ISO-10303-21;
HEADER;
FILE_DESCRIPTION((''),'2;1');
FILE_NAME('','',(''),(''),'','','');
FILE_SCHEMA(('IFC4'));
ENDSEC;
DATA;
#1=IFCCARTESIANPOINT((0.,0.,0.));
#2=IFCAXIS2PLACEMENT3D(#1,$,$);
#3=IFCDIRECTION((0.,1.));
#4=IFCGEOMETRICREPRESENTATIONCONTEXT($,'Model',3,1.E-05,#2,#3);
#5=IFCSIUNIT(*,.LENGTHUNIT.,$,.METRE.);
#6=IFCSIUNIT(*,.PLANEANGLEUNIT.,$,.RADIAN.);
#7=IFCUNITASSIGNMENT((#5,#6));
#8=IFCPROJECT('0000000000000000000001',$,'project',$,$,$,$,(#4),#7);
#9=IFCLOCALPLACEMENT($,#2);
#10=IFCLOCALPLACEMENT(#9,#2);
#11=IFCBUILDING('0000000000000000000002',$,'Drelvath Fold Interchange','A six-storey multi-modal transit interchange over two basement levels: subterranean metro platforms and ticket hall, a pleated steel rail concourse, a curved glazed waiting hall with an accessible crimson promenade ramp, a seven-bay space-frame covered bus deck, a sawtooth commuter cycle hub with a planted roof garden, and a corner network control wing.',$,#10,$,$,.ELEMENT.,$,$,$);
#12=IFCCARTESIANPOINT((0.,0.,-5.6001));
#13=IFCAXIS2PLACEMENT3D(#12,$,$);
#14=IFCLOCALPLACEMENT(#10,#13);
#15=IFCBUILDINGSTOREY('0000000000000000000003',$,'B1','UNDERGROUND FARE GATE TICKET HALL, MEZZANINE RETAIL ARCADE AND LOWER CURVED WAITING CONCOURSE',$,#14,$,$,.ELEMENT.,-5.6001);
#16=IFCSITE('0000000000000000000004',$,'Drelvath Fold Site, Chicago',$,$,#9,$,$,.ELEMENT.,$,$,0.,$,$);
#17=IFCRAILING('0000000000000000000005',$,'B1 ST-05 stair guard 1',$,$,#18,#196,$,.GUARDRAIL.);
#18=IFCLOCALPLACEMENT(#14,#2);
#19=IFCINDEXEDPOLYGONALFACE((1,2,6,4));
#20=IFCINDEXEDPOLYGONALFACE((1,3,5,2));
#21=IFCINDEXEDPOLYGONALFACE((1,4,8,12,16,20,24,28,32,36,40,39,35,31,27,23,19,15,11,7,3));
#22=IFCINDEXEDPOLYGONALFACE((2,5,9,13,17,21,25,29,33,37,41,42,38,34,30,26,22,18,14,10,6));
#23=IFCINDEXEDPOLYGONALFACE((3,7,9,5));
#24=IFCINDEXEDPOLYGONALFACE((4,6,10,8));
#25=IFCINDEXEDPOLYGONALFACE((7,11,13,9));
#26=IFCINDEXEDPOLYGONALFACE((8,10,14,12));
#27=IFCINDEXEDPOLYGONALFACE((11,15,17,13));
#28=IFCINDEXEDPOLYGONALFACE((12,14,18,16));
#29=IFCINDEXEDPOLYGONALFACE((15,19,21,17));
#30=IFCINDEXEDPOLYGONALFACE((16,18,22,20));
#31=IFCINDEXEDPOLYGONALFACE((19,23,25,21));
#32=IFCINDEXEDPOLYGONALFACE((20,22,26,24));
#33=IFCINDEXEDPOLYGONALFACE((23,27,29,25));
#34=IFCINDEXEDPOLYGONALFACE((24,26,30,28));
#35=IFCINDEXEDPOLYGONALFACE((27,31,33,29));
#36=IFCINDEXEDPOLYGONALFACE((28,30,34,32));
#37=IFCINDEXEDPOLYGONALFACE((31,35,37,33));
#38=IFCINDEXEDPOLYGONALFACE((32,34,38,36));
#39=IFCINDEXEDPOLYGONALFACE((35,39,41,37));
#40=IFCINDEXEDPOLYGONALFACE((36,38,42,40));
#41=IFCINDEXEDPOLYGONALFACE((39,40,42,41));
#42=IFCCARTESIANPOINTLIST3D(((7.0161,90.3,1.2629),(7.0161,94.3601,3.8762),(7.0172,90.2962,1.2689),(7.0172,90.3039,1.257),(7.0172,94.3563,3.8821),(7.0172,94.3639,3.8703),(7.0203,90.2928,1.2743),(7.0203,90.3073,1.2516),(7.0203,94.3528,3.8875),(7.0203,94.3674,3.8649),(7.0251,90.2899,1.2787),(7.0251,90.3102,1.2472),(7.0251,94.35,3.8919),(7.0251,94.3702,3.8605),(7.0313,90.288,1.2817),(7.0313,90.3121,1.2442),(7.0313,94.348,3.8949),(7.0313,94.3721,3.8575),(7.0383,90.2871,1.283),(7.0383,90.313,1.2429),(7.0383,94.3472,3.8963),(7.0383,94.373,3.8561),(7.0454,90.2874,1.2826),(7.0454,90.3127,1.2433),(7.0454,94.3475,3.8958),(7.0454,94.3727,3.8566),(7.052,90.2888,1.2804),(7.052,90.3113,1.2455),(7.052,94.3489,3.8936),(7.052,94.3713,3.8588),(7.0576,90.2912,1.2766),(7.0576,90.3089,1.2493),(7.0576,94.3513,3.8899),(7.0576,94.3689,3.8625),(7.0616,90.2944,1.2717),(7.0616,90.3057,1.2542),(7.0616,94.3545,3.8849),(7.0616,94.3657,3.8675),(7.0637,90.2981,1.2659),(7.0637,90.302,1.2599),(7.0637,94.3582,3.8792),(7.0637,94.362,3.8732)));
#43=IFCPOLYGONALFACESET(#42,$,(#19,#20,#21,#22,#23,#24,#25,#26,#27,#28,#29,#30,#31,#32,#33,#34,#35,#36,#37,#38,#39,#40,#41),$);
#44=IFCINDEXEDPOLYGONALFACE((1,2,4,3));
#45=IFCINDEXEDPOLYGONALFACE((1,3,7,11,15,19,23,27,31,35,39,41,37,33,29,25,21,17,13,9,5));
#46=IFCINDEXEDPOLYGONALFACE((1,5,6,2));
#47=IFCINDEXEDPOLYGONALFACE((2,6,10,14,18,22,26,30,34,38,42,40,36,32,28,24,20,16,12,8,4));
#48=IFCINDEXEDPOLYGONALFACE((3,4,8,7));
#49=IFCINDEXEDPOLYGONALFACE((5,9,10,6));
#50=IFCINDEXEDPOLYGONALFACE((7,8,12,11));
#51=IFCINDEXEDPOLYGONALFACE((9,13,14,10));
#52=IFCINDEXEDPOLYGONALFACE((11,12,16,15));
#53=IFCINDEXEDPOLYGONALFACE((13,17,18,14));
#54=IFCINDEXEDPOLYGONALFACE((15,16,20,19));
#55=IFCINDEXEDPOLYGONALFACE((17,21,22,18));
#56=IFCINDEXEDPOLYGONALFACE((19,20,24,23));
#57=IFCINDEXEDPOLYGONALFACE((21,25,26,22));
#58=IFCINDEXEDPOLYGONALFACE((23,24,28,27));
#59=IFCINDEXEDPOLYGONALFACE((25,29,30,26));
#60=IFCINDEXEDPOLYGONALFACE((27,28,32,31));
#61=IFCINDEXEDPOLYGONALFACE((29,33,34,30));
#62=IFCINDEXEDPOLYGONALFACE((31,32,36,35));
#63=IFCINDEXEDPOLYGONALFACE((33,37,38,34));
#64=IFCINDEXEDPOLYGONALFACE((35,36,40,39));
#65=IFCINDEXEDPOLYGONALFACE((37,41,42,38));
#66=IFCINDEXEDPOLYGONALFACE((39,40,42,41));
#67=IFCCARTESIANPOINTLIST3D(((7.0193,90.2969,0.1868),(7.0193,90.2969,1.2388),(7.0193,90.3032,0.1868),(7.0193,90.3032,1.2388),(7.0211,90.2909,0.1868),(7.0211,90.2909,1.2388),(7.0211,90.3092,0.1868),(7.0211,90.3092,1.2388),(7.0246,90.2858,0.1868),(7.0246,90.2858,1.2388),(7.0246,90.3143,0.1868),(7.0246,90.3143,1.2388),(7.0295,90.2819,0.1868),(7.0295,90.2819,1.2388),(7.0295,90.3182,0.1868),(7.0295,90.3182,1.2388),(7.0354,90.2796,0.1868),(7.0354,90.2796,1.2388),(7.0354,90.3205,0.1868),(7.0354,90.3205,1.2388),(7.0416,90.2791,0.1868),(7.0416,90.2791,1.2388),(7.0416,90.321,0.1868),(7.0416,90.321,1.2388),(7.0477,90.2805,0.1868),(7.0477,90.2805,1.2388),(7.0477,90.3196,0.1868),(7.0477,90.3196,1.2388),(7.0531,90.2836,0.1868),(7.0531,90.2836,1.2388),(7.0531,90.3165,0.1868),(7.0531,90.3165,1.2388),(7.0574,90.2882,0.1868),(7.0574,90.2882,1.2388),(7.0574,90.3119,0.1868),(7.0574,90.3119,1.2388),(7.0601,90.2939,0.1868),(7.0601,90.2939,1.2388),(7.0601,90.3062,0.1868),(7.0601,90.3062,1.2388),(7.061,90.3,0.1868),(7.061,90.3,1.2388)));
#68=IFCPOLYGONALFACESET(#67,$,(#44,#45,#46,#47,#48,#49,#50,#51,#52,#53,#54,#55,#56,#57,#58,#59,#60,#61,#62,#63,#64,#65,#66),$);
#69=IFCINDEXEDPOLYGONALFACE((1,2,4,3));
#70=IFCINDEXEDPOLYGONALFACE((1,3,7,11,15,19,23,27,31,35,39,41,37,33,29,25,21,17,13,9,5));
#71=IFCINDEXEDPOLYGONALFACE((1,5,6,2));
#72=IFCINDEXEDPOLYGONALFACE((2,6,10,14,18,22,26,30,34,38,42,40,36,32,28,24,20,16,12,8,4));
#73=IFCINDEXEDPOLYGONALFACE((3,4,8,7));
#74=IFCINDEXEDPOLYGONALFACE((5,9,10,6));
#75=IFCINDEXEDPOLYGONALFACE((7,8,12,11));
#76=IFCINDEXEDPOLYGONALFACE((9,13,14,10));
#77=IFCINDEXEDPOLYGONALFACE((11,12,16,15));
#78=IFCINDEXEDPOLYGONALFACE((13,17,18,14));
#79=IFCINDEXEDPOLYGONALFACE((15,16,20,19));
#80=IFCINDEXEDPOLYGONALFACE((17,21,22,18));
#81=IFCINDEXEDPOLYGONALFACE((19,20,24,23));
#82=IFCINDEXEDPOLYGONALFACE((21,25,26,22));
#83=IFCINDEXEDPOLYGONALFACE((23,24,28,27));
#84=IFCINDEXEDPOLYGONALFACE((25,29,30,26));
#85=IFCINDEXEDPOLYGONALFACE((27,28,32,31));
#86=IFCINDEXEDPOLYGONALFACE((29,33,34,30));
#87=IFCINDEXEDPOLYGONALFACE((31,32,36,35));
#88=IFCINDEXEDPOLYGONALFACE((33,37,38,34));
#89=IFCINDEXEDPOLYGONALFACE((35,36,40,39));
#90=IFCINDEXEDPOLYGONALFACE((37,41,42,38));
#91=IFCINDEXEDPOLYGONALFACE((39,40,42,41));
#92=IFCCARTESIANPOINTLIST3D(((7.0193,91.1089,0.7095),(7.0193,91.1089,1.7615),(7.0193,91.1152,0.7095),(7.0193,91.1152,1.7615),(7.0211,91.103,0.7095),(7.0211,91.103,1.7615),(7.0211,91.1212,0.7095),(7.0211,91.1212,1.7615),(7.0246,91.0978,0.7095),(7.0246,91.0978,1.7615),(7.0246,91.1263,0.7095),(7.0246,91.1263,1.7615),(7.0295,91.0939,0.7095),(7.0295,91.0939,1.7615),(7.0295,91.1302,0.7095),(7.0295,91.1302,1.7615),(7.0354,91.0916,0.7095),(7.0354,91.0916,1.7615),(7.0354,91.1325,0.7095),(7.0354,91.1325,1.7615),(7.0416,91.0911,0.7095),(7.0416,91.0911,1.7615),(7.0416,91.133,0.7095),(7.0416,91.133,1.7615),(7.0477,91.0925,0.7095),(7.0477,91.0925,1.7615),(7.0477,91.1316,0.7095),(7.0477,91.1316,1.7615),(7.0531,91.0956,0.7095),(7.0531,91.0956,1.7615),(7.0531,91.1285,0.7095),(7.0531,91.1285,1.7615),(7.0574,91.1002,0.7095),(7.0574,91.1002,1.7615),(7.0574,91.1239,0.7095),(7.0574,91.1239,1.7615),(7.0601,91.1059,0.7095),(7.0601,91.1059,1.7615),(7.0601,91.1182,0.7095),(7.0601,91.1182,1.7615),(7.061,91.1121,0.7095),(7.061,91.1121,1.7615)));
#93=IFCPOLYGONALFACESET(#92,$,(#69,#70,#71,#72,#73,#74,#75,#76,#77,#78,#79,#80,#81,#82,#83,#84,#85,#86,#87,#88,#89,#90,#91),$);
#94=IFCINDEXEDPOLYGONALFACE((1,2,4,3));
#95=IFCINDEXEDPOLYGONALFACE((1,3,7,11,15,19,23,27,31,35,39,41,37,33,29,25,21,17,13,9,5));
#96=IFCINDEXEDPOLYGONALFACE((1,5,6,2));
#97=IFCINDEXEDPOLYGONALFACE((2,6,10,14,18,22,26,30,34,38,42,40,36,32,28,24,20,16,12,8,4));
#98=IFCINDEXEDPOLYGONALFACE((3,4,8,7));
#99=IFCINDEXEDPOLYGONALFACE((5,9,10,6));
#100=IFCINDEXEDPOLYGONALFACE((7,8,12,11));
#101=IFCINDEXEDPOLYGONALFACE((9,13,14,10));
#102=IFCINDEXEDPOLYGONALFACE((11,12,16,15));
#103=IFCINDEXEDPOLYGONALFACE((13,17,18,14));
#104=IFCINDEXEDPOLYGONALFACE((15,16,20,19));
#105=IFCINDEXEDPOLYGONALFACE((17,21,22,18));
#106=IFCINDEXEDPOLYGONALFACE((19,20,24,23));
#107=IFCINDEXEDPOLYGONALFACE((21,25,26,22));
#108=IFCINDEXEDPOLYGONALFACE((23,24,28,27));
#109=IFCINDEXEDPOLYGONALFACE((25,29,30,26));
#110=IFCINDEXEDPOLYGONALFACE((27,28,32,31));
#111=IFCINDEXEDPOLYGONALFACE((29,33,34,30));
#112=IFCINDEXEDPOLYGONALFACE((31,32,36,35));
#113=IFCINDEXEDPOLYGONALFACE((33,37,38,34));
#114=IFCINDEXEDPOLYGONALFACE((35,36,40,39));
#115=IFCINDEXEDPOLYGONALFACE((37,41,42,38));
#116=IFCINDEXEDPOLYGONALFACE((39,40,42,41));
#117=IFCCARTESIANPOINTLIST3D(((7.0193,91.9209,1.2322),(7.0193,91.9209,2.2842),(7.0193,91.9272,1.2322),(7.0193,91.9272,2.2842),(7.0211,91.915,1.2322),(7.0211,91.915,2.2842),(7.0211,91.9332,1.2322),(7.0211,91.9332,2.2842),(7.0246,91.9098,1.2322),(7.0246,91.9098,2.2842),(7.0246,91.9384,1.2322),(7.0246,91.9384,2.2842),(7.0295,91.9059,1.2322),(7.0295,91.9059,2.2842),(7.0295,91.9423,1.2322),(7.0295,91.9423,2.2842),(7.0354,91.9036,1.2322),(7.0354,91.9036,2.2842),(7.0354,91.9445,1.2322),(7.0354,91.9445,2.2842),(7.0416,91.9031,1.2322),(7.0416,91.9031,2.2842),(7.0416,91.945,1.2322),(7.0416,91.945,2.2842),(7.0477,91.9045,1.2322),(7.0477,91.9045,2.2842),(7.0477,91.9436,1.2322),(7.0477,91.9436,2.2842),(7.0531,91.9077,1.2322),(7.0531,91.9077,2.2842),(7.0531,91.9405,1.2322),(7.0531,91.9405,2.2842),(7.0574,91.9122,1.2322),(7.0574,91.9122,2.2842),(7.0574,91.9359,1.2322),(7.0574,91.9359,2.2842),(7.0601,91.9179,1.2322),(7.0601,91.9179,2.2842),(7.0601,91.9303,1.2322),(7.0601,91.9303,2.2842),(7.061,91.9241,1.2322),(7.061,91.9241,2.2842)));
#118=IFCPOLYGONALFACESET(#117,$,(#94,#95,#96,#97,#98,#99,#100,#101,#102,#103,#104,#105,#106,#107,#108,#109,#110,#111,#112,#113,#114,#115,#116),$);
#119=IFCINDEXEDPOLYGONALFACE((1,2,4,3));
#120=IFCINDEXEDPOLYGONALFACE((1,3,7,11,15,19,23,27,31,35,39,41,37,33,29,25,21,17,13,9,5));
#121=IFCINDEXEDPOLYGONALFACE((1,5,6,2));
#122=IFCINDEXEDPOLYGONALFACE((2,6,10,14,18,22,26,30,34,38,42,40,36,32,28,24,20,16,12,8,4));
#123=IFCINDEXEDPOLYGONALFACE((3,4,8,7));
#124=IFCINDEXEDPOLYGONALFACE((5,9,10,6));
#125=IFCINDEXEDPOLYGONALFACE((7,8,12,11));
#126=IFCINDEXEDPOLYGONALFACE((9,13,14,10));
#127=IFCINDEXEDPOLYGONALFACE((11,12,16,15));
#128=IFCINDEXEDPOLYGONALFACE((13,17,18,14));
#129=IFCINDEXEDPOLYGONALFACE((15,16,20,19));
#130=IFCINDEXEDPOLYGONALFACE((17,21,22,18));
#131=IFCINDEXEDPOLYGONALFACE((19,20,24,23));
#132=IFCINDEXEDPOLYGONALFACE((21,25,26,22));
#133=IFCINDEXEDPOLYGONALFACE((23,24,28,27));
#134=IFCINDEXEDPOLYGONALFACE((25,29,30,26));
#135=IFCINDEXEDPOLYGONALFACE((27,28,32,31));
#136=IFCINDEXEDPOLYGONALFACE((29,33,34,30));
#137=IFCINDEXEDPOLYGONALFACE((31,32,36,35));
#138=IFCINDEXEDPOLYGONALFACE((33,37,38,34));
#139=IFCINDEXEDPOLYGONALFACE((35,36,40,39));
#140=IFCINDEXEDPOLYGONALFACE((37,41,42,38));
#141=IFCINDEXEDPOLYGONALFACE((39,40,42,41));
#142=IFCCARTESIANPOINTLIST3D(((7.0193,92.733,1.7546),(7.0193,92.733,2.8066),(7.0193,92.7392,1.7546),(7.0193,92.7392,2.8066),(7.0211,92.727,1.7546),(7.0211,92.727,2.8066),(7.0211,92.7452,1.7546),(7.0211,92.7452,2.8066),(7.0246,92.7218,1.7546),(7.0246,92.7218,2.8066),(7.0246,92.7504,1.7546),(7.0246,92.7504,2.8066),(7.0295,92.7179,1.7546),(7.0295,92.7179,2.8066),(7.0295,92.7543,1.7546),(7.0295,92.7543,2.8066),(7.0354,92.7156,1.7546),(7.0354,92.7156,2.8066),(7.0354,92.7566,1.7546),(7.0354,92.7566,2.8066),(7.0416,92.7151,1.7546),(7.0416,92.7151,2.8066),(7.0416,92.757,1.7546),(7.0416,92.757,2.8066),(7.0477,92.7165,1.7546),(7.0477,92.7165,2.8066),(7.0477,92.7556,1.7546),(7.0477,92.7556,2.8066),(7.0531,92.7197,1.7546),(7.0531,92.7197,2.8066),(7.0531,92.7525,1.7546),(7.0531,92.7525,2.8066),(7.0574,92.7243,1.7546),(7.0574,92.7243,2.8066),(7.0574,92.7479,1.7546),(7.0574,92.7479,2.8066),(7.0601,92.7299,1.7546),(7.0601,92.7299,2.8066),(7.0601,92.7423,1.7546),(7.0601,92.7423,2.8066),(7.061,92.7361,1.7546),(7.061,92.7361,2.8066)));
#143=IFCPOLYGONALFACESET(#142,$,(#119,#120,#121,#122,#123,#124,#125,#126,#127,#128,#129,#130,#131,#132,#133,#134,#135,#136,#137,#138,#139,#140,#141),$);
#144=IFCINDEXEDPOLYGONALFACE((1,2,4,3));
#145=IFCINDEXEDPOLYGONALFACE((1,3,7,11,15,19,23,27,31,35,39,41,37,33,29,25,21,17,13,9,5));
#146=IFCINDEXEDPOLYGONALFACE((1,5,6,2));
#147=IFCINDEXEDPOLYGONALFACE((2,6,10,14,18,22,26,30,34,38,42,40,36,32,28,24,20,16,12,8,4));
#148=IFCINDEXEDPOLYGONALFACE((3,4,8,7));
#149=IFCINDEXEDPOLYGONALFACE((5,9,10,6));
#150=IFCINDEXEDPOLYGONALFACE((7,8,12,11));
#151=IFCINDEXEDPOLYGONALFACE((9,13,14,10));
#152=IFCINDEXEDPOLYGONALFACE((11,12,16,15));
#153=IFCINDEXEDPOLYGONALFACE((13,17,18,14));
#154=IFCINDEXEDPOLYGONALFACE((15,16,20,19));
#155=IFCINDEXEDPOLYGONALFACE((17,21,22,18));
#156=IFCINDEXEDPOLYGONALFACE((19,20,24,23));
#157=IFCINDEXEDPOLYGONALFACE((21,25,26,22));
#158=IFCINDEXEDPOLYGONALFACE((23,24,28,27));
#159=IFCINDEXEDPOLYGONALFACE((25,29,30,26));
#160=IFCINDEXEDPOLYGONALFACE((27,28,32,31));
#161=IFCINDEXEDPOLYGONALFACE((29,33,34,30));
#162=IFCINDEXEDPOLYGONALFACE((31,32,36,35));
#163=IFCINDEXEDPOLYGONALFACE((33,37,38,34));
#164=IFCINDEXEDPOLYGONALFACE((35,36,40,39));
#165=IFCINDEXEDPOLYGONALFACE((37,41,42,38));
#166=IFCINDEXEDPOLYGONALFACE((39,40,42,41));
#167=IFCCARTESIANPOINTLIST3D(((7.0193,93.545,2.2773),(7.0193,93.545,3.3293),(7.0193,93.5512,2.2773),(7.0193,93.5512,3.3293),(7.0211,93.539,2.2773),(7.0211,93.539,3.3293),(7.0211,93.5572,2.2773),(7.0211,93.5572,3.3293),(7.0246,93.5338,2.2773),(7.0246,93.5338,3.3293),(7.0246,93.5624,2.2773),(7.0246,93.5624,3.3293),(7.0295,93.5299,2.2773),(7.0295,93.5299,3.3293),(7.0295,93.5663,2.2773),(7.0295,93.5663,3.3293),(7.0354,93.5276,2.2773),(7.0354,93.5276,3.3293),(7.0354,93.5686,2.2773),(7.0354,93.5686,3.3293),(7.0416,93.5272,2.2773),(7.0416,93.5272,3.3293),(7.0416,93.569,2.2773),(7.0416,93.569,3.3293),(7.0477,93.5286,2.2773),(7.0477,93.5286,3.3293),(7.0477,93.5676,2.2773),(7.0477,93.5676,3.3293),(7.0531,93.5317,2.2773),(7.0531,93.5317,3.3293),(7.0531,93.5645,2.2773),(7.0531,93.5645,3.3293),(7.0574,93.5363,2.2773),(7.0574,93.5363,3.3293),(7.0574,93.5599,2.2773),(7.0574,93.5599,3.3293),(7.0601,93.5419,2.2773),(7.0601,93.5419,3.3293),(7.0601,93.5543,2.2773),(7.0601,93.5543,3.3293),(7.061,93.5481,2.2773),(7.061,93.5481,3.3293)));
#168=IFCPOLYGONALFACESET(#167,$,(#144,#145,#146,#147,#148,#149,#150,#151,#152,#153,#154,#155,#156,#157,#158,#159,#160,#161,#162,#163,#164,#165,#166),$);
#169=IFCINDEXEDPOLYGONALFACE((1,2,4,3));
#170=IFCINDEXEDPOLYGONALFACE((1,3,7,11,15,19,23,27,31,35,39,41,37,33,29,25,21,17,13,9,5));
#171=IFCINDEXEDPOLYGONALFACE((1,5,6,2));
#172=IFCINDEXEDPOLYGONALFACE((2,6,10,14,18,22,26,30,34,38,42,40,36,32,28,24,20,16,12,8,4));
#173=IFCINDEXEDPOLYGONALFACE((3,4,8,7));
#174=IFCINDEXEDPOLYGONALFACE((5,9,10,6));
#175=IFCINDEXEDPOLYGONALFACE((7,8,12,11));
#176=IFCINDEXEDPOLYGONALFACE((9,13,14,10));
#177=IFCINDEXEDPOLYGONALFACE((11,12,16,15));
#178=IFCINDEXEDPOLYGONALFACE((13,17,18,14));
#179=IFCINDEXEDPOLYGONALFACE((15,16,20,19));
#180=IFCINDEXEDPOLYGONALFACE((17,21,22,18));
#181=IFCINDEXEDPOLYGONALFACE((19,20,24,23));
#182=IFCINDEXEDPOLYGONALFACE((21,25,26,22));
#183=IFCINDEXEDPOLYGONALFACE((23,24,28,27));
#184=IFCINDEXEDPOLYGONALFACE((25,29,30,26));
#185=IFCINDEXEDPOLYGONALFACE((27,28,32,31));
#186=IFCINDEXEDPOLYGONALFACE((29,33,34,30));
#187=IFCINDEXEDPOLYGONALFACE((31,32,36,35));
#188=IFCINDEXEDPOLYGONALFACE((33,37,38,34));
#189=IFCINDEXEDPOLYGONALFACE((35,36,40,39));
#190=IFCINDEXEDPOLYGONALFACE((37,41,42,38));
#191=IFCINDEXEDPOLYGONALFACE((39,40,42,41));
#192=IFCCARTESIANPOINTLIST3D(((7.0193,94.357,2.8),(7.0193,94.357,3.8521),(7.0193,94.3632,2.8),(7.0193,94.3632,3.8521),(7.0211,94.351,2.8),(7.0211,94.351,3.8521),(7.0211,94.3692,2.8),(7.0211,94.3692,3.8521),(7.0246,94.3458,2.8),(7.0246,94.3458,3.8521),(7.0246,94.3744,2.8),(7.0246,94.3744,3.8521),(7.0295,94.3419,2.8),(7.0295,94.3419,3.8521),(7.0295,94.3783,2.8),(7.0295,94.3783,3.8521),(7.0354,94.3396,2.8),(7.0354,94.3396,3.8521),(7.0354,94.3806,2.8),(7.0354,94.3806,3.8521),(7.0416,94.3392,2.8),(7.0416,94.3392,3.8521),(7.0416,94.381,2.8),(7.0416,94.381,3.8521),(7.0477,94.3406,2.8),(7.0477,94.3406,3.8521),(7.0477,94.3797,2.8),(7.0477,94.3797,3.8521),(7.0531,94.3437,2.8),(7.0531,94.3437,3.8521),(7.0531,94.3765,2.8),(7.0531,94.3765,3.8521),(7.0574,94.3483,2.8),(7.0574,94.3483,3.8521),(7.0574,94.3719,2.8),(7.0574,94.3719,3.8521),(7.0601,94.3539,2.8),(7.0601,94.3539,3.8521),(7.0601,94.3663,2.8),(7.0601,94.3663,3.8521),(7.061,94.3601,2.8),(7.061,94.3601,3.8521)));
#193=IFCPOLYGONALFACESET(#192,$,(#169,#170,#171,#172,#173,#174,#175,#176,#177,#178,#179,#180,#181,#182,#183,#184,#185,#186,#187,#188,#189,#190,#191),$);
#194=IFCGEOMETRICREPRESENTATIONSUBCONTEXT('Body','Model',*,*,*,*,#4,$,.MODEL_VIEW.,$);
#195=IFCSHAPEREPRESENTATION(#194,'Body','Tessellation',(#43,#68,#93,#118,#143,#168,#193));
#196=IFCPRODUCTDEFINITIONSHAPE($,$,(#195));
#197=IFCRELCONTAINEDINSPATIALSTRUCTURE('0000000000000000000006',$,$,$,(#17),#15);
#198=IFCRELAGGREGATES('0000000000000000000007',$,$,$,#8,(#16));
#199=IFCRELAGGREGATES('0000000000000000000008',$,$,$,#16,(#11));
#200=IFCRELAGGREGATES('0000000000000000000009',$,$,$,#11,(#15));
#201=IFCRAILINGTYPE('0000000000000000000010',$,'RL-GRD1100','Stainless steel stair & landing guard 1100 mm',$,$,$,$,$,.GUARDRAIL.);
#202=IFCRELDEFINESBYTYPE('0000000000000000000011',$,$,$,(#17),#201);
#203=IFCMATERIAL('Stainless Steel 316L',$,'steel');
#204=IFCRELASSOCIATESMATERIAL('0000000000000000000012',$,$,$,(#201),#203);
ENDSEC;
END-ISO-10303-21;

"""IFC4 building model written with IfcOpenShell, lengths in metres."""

from ifc_helpers import new_model, si_unit, direction, frame, origin, origin_2d, place, context, subcontext, project, spatial, circle, extrude, material, type_object, element, save


model = new_model("IFC4")

# Units and contexts
model_context = context("Model", 3, precision=1e-05, world=origin(), true_north=direction((0.0, 1.0)))
body_context = subcontext(model_context, "Body", "Model", "MODEL_VIEW")
ifc_project = project(units=[si_unit("LENGTHUNIT", "METRE"), si_unit("PLANEANGLEUNIT", "RADIAN")], contexts=[model_context])

# Site, building, storey
site_placement = place(None, origin())
site = spatial("IfcSite", under=ifc_project, at=site_placement, Name="Drelvath Fold Site, Chicago", CompositionType="ELEMENT", RefElevation=0.0)
building_placement = place(site_placement, origin())
building = spatial("IfcBuilding", under=site, at=building_placement, Name="Drelvath Fold Interchange", Description="A six-storey multi-modal transit interchange over two basement levels: subterranean metro platforms and ticket hall, a pleated steel rail concourse, a curved glazed waiting hall with an accessible crimson promenade ramp, a seven-bay space-frame covered bus deck, a sawtooth commuter cycle hub with a planted roof garden, and a corner network control wing.", CompositionType="ELEMENT")
storey_placement = place(building_placement, frame((0.0, 0.0, -5.6001)))
storey = spatial("IfcBuildingStorey", under=building, at=storey_placement, Name="B1", Description="UNDERGROUND FARE GATE TICKET HALL, MEZZANINE RETAIL ARCADE AND LOWER CURVED WAITING CONCOURSE", CompositionType="ELEMENT", Elevation=-5.6001)

# Railing
ifc_material_1 = material(Name="Stainless Steel 316L", Category="steel")
railing_type_1 = type_object("IfcRailingType", Name="RL-GRD1100", Description="Stainless steel stair & landing guard 1100 mm", PredefinedType="GUARDRAIL", material=ifc_material_1)
railing_1_placement = place(storey_placement, frame((7.04, 90.3, 0.1868)))
element("IfcRailing", 1, at=railing_1_placement, inside=storey, type_object=railing_type_1, Name="B1 ST-05 stair guard 1", PredefinedType="GUARDRAIL", context=body_context, shape_type="SweptSolid", body=[
    extrude(circle(Radius=0.0239, at=origin_2d()), frame((0.0, 0.0, 1.0762), z_axis=(0.0, 0.840873, 0.541233), x_axis=(-1.0, 0.0, 0.0)), (0.0, 0.0, 1.0), 4.8284),
    extrude(circle(Radius=0.021, at=origin_2d()), origin(), (0.0, 0.0, 1.0), 1.052),
    extrude(circle(Radius=0.021, at=origin_2d()), frame((0.0, 0.812, 0.5227)), (0.0, 0.0, 1.0), 1.052),
    extrude(circle(Radius=0.021, at=origin_2d()), frame((0.0, 1.624, 1.0454)), (0.0, 0.0, 1.0), 1.052),
    extrude(circle(Radius=0.021, at=origin_2d()), frame((0.0, 2.436, 1.5679)), (0.0, 0.0, 1.0), 1.052),
    extrude(circle(Radius=0.021, at=origin_2d()), frame((0.0, 3.248, 2.0906)), (0.0, 0.0, 1.0), 1.052),
    extrude(circle(Radius=0.021, at=origin_2d()), frame((0.0, 4.0601, 2.6133)), (0.0, 0.0, 1.0), 1.052),
])

save(model, "model.ifc")
